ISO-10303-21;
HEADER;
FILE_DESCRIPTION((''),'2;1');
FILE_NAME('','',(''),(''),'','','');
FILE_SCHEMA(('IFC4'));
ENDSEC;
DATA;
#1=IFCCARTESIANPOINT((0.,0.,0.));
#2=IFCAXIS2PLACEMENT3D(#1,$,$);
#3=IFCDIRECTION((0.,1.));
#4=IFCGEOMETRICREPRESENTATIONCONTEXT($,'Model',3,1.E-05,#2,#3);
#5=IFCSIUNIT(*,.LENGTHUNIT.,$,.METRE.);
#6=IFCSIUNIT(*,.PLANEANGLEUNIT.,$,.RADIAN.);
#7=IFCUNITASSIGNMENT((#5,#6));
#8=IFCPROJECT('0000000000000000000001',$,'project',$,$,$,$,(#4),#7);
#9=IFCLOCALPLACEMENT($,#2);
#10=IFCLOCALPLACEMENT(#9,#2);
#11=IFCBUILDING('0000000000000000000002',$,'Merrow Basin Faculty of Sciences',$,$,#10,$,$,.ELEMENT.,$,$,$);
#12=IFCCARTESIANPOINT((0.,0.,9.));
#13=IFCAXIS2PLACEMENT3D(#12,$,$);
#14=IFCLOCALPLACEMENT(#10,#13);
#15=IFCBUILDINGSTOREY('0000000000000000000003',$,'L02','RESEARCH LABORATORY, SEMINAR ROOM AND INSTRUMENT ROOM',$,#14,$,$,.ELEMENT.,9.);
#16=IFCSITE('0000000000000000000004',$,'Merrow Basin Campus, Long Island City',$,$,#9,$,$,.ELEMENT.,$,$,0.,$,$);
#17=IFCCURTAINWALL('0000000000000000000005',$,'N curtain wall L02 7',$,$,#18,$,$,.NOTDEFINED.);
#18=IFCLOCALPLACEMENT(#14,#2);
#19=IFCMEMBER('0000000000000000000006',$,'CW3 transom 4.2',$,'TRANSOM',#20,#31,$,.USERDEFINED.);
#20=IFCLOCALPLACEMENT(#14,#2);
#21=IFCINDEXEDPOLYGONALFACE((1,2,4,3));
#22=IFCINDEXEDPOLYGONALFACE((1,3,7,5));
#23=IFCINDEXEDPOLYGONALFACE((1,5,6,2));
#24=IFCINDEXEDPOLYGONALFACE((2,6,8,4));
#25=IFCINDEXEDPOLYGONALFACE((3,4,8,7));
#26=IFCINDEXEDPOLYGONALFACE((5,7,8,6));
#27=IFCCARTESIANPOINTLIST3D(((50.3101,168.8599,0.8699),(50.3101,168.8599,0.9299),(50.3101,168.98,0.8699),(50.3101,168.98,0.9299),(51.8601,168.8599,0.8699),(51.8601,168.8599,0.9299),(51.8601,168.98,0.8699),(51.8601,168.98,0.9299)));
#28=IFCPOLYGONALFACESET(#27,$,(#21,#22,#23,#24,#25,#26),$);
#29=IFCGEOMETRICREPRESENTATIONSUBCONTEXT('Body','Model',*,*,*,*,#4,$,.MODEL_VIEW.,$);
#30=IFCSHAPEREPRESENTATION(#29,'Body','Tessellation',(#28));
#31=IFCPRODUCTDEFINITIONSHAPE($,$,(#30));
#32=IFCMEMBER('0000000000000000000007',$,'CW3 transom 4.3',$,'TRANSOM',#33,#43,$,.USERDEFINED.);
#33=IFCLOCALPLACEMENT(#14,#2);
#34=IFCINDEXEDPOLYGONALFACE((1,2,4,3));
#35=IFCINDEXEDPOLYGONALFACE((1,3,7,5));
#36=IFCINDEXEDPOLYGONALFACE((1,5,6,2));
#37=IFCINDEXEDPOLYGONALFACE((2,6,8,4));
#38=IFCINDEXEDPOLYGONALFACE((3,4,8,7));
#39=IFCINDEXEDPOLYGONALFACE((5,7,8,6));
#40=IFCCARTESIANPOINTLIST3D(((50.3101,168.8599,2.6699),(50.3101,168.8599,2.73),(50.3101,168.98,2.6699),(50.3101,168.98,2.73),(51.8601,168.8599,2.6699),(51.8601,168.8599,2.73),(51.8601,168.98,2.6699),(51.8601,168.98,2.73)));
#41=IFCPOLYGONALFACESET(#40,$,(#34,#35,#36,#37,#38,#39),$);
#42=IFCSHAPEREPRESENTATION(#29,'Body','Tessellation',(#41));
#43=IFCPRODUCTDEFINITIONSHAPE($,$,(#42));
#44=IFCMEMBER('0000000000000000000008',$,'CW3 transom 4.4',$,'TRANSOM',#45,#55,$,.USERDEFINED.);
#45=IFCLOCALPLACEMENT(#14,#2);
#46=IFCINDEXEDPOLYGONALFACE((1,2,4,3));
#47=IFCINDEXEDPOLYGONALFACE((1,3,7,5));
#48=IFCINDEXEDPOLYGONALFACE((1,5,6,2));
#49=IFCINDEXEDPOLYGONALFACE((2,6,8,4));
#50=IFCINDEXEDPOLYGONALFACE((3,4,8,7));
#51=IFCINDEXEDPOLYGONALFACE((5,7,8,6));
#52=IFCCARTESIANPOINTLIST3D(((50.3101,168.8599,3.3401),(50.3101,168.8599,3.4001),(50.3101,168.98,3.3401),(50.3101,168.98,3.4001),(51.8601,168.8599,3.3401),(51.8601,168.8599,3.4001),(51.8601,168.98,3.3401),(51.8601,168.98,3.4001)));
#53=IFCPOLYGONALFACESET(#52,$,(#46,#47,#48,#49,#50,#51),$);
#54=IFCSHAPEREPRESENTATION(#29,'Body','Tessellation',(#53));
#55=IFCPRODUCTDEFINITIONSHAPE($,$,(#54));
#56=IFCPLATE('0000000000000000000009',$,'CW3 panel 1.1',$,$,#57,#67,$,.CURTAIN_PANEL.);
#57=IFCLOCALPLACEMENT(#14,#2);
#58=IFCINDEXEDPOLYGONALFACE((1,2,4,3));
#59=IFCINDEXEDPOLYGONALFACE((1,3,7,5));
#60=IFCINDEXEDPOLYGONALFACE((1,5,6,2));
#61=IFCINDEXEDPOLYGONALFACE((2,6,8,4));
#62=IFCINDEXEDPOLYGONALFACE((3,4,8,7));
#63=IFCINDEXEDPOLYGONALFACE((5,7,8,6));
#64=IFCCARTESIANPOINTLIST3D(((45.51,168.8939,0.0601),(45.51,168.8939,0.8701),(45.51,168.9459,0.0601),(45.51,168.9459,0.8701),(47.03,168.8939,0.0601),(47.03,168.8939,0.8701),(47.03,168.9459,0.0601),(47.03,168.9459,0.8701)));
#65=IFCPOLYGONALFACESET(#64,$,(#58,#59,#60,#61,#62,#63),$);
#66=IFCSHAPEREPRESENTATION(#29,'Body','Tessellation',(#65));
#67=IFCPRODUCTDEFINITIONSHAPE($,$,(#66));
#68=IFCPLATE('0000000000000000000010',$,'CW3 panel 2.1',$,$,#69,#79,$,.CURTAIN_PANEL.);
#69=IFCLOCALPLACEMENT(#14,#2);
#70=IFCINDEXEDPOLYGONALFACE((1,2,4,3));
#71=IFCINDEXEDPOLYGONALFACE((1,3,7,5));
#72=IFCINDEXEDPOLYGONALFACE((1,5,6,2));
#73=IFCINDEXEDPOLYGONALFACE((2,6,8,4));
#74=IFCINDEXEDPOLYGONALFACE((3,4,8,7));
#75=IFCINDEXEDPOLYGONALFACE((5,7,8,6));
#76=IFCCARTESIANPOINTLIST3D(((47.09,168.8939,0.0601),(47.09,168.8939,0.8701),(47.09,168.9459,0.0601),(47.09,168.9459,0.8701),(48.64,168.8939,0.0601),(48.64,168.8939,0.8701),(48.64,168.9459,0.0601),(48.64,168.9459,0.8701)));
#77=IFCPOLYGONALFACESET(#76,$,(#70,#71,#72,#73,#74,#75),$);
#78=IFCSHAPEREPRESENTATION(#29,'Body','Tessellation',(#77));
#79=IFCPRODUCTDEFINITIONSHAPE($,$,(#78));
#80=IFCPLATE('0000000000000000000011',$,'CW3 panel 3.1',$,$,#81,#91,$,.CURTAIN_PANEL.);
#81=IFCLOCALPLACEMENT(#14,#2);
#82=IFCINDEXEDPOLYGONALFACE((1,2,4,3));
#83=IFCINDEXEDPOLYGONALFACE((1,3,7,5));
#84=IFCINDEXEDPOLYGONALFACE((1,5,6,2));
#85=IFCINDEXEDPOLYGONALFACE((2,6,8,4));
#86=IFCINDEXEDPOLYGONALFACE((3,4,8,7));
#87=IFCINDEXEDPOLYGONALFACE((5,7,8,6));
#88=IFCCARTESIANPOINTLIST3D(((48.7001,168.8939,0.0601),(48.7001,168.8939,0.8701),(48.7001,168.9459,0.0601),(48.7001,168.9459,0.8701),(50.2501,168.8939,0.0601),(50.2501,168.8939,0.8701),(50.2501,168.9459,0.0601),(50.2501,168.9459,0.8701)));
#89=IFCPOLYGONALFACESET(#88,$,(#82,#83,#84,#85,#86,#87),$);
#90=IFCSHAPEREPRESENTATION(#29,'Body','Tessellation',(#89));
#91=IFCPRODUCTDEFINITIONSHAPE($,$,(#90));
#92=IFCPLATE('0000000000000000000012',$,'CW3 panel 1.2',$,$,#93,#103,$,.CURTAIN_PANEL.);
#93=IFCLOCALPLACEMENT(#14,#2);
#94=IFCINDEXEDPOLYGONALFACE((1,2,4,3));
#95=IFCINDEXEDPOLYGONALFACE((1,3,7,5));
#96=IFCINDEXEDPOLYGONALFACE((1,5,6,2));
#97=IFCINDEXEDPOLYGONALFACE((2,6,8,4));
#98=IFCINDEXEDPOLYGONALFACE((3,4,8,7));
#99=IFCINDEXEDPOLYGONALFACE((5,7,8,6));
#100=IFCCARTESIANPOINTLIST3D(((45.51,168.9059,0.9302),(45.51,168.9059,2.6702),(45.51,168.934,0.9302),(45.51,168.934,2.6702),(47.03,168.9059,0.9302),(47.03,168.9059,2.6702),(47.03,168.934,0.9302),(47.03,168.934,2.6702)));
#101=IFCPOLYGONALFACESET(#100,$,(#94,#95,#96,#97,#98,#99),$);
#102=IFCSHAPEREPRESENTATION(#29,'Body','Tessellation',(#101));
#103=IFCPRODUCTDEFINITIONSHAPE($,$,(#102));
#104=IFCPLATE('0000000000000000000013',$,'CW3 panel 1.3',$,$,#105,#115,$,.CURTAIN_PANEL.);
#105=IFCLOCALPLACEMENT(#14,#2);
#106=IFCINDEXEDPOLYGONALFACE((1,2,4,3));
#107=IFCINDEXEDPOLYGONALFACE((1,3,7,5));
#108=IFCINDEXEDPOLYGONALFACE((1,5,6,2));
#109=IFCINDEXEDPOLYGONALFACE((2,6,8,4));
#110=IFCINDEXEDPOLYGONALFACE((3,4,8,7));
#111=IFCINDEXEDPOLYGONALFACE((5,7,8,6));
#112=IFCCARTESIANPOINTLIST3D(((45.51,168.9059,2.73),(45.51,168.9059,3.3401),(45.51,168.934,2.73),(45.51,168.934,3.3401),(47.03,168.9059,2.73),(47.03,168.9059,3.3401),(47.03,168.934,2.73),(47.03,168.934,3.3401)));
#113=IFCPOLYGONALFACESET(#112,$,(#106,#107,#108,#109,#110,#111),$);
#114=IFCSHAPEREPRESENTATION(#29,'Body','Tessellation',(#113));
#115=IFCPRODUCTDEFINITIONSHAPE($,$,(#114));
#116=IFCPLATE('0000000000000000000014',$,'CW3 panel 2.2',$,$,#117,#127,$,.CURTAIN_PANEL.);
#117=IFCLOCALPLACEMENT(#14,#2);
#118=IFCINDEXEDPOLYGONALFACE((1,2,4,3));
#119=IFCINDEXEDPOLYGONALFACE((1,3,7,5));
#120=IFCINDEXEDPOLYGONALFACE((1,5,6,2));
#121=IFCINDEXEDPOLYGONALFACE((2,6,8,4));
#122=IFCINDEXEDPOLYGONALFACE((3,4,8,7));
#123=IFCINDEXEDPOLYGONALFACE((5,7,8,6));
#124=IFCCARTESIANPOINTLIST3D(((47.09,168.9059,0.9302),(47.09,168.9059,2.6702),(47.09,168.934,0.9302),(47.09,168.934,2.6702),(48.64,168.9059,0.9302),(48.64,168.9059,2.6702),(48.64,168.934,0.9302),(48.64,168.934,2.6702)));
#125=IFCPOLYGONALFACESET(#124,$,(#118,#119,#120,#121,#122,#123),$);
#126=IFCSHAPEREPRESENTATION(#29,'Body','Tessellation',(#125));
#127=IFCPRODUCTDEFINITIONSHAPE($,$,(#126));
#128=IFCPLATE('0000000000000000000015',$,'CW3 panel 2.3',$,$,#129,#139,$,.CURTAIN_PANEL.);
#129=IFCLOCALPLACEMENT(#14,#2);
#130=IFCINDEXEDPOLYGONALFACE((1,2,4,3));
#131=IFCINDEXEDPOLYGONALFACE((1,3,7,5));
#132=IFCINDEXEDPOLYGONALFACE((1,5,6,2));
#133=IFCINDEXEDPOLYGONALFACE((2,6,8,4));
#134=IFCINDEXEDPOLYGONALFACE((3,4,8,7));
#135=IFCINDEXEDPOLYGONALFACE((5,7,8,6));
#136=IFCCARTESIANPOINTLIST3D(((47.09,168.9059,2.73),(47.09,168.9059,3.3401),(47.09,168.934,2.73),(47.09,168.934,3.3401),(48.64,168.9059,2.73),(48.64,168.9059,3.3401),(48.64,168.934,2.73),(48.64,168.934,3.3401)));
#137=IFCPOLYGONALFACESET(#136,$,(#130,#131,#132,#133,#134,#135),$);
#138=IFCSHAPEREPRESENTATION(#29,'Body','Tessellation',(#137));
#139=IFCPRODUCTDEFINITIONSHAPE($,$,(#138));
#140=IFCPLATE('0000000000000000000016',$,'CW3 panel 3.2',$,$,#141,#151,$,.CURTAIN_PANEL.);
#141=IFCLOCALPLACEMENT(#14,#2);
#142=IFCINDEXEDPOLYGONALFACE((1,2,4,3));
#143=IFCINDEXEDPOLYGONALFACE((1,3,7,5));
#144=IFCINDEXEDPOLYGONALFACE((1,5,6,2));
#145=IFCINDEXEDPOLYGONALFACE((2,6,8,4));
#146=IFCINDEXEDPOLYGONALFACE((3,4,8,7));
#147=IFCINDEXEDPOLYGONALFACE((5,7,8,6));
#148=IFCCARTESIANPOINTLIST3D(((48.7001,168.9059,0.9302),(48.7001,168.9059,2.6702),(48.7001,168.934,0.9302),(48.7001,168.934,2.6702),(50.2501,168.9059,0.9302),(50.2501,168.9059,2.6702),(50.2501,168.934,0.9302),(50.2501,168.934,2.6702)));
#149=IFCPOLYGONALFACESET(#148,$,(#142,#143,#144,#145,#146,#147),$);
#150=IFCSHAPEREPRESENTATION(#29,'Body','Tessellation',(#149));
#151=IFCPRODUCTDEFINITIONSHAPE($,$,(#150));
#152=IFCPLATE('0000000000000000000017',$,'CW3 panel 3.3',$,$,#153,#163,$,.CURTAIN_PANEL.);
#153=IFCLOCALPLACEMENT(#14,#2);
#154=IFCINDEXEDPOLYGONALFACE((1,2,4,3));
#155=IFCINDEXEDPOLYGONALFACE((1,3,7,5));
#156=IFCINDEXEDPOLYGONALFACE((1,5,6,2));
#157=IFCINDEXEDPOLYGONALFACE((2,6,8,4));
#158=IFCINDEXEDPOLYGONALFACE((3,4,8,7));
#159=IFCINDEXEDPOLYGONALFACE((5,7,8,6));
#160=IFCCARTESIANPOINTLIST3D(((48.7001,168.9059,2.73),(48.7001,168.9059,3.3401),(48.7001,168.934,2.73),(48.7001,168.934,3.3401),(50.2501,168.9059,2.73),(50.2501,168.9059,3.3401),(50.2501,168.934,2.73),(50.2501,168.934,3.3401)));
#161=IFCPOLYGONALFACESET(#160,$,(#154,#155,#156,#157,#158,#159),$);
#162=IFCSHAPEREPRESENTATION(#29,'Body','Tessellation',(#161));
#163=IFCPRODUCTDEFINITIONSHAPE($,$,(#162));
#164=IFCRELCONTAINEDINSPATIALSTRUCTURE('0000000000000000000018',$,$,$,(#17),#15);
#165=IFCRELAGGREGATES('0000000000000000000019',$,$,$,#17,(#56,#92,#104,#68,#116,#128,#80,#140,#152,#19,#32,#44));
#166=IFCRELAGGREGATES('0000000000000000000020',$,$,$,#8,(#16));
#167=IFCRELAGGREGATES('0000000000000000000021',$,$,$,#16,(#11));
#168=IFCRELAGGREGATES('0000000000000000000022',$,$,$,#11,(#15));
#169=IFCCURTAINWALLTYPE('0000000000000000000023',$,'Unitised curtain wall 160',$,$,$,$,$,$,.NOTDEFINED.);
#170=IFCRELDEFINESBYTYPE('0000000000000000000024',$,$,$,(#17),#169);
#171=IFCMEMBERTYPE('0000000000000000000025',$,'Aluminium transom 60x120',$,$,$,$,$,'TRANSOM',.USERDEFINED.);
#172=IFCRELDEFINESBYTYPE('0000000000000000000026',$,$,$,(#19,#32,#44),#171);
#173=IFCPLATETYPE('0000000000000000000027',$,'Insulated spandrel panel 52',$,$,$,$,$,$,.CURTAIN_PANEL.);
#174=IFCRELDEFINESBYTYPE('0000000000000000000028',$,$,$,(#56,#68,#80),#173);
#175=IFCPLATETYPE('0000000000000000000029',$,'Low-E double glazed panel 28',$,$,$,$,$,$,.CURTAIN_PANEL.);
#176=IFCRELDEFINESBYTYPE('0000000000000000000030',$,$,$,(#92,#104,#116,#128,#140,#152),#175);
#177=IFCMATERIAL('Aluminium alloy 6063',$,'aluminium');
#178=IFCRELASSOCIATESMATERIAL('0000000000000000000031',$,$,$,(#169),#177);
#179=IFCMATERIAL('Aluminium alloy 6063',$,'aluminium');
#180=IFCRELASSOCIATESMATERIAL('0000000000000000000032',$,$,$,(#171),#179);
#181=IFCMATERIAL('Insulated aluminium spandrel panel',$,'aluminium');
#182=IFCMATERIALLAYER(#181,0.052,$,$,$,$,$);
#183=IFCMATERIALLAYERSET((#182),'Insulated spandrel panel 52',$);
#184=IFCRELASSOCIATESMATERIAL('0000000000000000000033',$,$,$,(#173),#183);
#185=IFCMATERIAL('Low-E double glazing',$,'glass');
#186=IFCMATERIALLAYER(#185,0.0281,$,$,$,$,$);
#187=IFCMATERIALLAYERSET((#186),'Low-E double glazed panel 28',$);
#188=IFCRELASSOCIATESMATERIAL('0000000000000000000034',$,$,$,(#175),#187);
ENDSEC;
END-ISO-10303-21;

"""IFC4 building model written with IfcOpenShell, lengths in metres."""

from ifc_helpers import new_model, si_unit, direction, frame, origin, origin_2d, place, context, subcontext, project, spatial, rectangle, extrude, material, layer, layer_set, material_profile, profile_set, type_object, element, aggregate, save


model = new_model("IFC4")

# Units and contexts
model_context = context("Model", 3, precision=1e-05, world=origin(), true_north=direction((0.0, 1.0)))
body_context = subcontext(model_context, "Body", "Model", "MODEL_VIEW")
ifc_project = project(units=[si_unit("LENGTHUNIT", "METRE"), si_unit("PLANEANGLEUNIT", "RADIAN")], contexts=[model_context])

# Site, building, storey
site_placement = place(None, origin())
site = spatial("IfcSite", under=ifc_project, at=site_placement, Name="Merrow Basin Campus, Long Island City", CompositionType="ELEMENT", RefElevation=0.0)
building_placement = place(site_placement, origin())
building = spatial("IfcBuilding", under=site, at=building_placement, Name="Merrow Basin Faculty of Sciences", CompositionType="ELEMENT")
storey_placement = place(building_placement, frame((0.0, 0.0, 9.0)))
storey = spatial("IfcBuildingStorey", under=building, at=storey_placement, Name="L02", Description="RESEARCH LABORATORY, SEMINAR ROOM AND INSTRUMENT ROOM", CompositionType="ELEMENT", Elevation=9.0)

# Curtain wall, members, plates
ifc_material_1 = material(Name="Aluminium alloy 6063", Category="aluminium")
curtain_wall_type = type_object("IfcCurtainWallType", Name="Unitised curtain wall 160", PredefinedType="NOTDEFINED", material=ifc_material_1)
curtain_wall_placement = place(storey_placement, origin())
curtain_wall = element("IfcCurtainWall", 1, at=curtain_wall_placement, inside=storey, type_object=curtain_wall_type, Name="N curtain wall L02 7", PredefinedType="NOTDEFINED")
ifc_material_2 = material(Name="Aluminium alloy 6063", Category="aluminium")
ifc_material_profile_1 = material_profile(ifc_material_2, rectangle(XDim=0.1201, YDim=0.0601, at=origin_2d()))
ifc_profile_set_1 = profile_set([ifc_material_profile_1], Name="Aluminium alloy 6063")
member_type_1 = type_object("IfcMemberType", Name="Aluminium transom 60x120", ElementType="TRANSOM", PredefinedType="USERDEFINED", material=ifc_profile_set_1)
member_1_placement = place(storey_placement, frame((50.3101, 168.9199, 0.8999), z_axis=(1.0, 0.0, 0.0), x_axis=(0.0, 1.0, 0.0)))
member_1 = element("IfcMember", 2, at=member_1_placement, type_object=member_type_1, Name="CW3 transom 4.2", ObjectType="TRANSOM", PredefinedType="USERDEFINED", context=body_context, shape_type="SweptSolid", body=[
    extrude(rectangle(XDim=0.1201, YDim=0.0601, at=origin_2d()), origin(), (0.0, 0.0, 1.0), 1.55),
])
member_2_placement = place(storey_placement, frame((50.3101, 168.9199, 2.7), z_axis=(1.0, 0.0, 0.0), x_axis=(0.0, 1.0, 0.0)))
member_2 = element("IfcMember", 3, at=member_2_placement, type_object=member_type_1, Name="CW3 transom 4.3", ObjectType="TRANSOM", PredefinedType="USERDEFINED", context=body_context, shape_type="SweptSolid", body=[
    extrude(rectangle(XDim=0.1201, YDim=0.0601, at=origin_2d()), origin(), (0.0, 0.0, 1.0), 1.55),
])
member_3_placement = place(storey_placement, frame((50.3101, 168.9199, 3.3701), z_axis=(1.0, 0.0, 0.0), x_axis=(0.0, 1.0, 0.0)))
member_3 = element("IfcMember", 4, at=member_3_placement, type_object=member_type_1, Name="CW3 transom 4.4", ObjectType="TRANSOM", PredefinedType="USERDEFINED", context=body_context, shape_type="SweptSolid", body=[
    extrude(rectangle(XDim=0.1201, YDim=0.0601, at=origin_2d()), origin(), (0.0, 0.0, 1.0), 1.55),
])
ifc_material_3 = material(Name="Insulated aluminium spandrel panel", Category="aluminium")
ifc_layer_1 = layer(ifc_material_3, 0.052)
ifc_layer_set_1 = layer_set([ifc_layer_1], Name="Insulated spandrel panel 52")
plate_type_1 = type_object("IfcPlateType", Name="Insulated spandrel panel 52", PredefinedType="CURTAIN_PANEL", material=ifc_layer_set_1)
plate_1_placement = place(storey_placement, frame((46.27, 168.9199, 0.0601), z_axis=(0.0, 0.0, 1.0), x_axis=(1.0, 0.0, 0.0)))
plate_1 = element("IfcPlate", 5, at=plate_1_placement, type_object=plate_type_1, Name="CW3 panel 1.1", PredefinedType="CURTAIN_PANEL", context=body_context, shape_type="SweptSolid", body=[
    extrude(rectangle(XDim=1.52, YDim=0.052, at=origin_2d()), origin(), (0.0, 0.0, 1.0), 0.8101),
])
plate_2_placement = place(storey_placement, frame((47.865, 168.9199, 0.0601), z_axis=(0.0, 0.0, 1.0), x_axis=(1.0, 0.0, 0.0)))
plate_2 = element("IfcPlate", 6, at=plate_2_placement, type_object=plate_type_1, Name="CW3 panel 2.1", PredefinedType="CURTAIN_PANEL", context=body_context, shape_type="SweptSolid", body=[
    extrude(rectangle(XDim=1.55, YDim=0.052, at=origin_2d()), origin(), (0.0, 0.0, 1.0), 0.8101),
])
plate_3_placement = place(storey_placement, frame((49.4751, 168.9199, 0.0601), z_axis=(0.0, 0.0, 1.0), x_axis=(1.0, 0.0, 0.0)))
plate_3 = element("IfcPlate", 7, at=plate_3_placement, type_object=plate_type_1, Name="CW3 panel 3.1", PredefinedType="CURTAIN_PANEL", context=body_context, shape_type="SweptSolid", body=[
    extrude(rectangle(XDim=1.55, YDim=0.052, at=origin_2d()), origin(), (0.0, 0.0, 1.0), 0.8101),
])
ifc_material_4 = material(Name="Low-E double glazing", Category="glass")
ifc_layer_2 = layer(ifc_material_4, 0.0281)
ifc_layer_set_2 = layer_set([ifc_layer_2], Name="Low-E double glazed panel 28")
plate_type_2 = type_object("IfcPlateType", Name="Low-E double glazed panel 28", PredefinedType="CURTAIN_PANEL", material=ifc_layer_set_2)
plate_4_placement = place(storey_placement, frame((46.27, 168.9199, 0.9302), z_axis=(0.0, 0.0, 1.0), x_axis=(1.0, 0.0, 0.0)))
plate_4 = element("IfcPlate", 8, at=plate_4_placement, type_object=plate_type_2, Name="CW3 panel 1.2", PredefinedType="CURTAIN_PANEL", context=body_context, shape_type="SweptSolid", body=[
    extrude(rectangle(XDim=1.52, YDim=0.0281, at=origin_2d()), origin(), (0.0, 0.0, 1.0), 1.74),
])
plate_5_placement = place(storey_placement, frame((46.27, 168.9199, 2.73), z_axis=(0.0, 0.0, 1.0), x_axis=(1.0, 0.0, 0.0)))
plate_5 = element("IfcPlate", 9, at=plate_5_placement, type_object=plate_type_2, Name="CW3 panel 1.3", PredefinedType="CURTAIN_PANEL", context=body_context, shape_type="SweptSolid", body=[
    extrude(rectangle(XDim=1.52, YDim=0.0281, at=origin_2d()), origin(), (0.0, 0.0, 1.0), 0.6101),
])
plate_6_placement = place(storey_placement, frame((47.865, 168.9199, 0.9302), z_axis=(0.0, 0.0, 1.0), x_axis=(1.0, 0.0, 0.0)))
plate_6 = element("IfcPlate", 10, at=plate_6_placement, type_object=plate_type_2, Name="CW3 panel 2.2", PredefinedType="CURTAIN_PANEL", context=body_context, shape_type="SweptSolid", body=[
    extrude(rectangle(XDim=1.55, YDim=0.0281, at=origin_2d()), origin(), (0.0, 0.0, 1.0), 1.74),
])
plate_7_placement = place(storey_placement, frame((47.865, 168.9199, 2.73), z_axis=(0.0, 0.0, 1.0), x_axis=(1.0, 0.0, 0.0)))
plate_7 = element("IfcPlate", 11, at=plate_7_placement, type_object=plate_type_2, Name="CW3 panel 2.3", PredefinedType="CURTAIN_PANEL", context=body_context, shape_type="SweptSolid", body=[
    extrude(rectangle(XDim=1.55, YDim=0.0281, at=origin_2d()), origin(), (0.0, 0.0, 1.0), 0.6101),
])
plate_8_placement = place(storey_placement, frame((49.4751, 168.9199, 0.9302), z_axis=(0.0, 0.0, 1.0), x_axis=(1.0, 0.0, 0.0)))
plate_8 = element("IfcPlate", 12, at=plate_8_placement, type_object=plate_type_2, Name="CW3 panel 3.2", PredefinedType="CURTAIN_PANEL", context=body_context, shape_type="SweptSolid", body=[
    extrude(rectangle(XDim=1.55, YDim=0.0281, at=origin_2d()), origin(), (0.0, 0.0, 1.0), 1.74),
])
plate_9_placement = place(storey_placement, frame((49.4751, 168.9199, 2.73), z_axis=(0.0, 0.0, 1.0), x_axis=(1.0, 0.0, 0.0)))
plate_9 = element("IfcPlate", 13, at=plate_9_placement, type_object=plate_type_2, Name="CW3 panel 3.3", PredefinedType="CURTAIN_PANEL", context=body_context, shape_type="SweptSolid", body=[
    extrude(rectangle(XDim=1.55, YDim=0.0281, at=origin_2d()), origin(), (0.0, 0.0, 1.0), 0.6101),
])
aggregate(curtain_wall, [plate_1, plate_4, plate_5, plate_2, plate_6, plate_7, plate_3, plate_8, plate_9, member_1, member_2, member_3])

save(model, "model.ifc")
